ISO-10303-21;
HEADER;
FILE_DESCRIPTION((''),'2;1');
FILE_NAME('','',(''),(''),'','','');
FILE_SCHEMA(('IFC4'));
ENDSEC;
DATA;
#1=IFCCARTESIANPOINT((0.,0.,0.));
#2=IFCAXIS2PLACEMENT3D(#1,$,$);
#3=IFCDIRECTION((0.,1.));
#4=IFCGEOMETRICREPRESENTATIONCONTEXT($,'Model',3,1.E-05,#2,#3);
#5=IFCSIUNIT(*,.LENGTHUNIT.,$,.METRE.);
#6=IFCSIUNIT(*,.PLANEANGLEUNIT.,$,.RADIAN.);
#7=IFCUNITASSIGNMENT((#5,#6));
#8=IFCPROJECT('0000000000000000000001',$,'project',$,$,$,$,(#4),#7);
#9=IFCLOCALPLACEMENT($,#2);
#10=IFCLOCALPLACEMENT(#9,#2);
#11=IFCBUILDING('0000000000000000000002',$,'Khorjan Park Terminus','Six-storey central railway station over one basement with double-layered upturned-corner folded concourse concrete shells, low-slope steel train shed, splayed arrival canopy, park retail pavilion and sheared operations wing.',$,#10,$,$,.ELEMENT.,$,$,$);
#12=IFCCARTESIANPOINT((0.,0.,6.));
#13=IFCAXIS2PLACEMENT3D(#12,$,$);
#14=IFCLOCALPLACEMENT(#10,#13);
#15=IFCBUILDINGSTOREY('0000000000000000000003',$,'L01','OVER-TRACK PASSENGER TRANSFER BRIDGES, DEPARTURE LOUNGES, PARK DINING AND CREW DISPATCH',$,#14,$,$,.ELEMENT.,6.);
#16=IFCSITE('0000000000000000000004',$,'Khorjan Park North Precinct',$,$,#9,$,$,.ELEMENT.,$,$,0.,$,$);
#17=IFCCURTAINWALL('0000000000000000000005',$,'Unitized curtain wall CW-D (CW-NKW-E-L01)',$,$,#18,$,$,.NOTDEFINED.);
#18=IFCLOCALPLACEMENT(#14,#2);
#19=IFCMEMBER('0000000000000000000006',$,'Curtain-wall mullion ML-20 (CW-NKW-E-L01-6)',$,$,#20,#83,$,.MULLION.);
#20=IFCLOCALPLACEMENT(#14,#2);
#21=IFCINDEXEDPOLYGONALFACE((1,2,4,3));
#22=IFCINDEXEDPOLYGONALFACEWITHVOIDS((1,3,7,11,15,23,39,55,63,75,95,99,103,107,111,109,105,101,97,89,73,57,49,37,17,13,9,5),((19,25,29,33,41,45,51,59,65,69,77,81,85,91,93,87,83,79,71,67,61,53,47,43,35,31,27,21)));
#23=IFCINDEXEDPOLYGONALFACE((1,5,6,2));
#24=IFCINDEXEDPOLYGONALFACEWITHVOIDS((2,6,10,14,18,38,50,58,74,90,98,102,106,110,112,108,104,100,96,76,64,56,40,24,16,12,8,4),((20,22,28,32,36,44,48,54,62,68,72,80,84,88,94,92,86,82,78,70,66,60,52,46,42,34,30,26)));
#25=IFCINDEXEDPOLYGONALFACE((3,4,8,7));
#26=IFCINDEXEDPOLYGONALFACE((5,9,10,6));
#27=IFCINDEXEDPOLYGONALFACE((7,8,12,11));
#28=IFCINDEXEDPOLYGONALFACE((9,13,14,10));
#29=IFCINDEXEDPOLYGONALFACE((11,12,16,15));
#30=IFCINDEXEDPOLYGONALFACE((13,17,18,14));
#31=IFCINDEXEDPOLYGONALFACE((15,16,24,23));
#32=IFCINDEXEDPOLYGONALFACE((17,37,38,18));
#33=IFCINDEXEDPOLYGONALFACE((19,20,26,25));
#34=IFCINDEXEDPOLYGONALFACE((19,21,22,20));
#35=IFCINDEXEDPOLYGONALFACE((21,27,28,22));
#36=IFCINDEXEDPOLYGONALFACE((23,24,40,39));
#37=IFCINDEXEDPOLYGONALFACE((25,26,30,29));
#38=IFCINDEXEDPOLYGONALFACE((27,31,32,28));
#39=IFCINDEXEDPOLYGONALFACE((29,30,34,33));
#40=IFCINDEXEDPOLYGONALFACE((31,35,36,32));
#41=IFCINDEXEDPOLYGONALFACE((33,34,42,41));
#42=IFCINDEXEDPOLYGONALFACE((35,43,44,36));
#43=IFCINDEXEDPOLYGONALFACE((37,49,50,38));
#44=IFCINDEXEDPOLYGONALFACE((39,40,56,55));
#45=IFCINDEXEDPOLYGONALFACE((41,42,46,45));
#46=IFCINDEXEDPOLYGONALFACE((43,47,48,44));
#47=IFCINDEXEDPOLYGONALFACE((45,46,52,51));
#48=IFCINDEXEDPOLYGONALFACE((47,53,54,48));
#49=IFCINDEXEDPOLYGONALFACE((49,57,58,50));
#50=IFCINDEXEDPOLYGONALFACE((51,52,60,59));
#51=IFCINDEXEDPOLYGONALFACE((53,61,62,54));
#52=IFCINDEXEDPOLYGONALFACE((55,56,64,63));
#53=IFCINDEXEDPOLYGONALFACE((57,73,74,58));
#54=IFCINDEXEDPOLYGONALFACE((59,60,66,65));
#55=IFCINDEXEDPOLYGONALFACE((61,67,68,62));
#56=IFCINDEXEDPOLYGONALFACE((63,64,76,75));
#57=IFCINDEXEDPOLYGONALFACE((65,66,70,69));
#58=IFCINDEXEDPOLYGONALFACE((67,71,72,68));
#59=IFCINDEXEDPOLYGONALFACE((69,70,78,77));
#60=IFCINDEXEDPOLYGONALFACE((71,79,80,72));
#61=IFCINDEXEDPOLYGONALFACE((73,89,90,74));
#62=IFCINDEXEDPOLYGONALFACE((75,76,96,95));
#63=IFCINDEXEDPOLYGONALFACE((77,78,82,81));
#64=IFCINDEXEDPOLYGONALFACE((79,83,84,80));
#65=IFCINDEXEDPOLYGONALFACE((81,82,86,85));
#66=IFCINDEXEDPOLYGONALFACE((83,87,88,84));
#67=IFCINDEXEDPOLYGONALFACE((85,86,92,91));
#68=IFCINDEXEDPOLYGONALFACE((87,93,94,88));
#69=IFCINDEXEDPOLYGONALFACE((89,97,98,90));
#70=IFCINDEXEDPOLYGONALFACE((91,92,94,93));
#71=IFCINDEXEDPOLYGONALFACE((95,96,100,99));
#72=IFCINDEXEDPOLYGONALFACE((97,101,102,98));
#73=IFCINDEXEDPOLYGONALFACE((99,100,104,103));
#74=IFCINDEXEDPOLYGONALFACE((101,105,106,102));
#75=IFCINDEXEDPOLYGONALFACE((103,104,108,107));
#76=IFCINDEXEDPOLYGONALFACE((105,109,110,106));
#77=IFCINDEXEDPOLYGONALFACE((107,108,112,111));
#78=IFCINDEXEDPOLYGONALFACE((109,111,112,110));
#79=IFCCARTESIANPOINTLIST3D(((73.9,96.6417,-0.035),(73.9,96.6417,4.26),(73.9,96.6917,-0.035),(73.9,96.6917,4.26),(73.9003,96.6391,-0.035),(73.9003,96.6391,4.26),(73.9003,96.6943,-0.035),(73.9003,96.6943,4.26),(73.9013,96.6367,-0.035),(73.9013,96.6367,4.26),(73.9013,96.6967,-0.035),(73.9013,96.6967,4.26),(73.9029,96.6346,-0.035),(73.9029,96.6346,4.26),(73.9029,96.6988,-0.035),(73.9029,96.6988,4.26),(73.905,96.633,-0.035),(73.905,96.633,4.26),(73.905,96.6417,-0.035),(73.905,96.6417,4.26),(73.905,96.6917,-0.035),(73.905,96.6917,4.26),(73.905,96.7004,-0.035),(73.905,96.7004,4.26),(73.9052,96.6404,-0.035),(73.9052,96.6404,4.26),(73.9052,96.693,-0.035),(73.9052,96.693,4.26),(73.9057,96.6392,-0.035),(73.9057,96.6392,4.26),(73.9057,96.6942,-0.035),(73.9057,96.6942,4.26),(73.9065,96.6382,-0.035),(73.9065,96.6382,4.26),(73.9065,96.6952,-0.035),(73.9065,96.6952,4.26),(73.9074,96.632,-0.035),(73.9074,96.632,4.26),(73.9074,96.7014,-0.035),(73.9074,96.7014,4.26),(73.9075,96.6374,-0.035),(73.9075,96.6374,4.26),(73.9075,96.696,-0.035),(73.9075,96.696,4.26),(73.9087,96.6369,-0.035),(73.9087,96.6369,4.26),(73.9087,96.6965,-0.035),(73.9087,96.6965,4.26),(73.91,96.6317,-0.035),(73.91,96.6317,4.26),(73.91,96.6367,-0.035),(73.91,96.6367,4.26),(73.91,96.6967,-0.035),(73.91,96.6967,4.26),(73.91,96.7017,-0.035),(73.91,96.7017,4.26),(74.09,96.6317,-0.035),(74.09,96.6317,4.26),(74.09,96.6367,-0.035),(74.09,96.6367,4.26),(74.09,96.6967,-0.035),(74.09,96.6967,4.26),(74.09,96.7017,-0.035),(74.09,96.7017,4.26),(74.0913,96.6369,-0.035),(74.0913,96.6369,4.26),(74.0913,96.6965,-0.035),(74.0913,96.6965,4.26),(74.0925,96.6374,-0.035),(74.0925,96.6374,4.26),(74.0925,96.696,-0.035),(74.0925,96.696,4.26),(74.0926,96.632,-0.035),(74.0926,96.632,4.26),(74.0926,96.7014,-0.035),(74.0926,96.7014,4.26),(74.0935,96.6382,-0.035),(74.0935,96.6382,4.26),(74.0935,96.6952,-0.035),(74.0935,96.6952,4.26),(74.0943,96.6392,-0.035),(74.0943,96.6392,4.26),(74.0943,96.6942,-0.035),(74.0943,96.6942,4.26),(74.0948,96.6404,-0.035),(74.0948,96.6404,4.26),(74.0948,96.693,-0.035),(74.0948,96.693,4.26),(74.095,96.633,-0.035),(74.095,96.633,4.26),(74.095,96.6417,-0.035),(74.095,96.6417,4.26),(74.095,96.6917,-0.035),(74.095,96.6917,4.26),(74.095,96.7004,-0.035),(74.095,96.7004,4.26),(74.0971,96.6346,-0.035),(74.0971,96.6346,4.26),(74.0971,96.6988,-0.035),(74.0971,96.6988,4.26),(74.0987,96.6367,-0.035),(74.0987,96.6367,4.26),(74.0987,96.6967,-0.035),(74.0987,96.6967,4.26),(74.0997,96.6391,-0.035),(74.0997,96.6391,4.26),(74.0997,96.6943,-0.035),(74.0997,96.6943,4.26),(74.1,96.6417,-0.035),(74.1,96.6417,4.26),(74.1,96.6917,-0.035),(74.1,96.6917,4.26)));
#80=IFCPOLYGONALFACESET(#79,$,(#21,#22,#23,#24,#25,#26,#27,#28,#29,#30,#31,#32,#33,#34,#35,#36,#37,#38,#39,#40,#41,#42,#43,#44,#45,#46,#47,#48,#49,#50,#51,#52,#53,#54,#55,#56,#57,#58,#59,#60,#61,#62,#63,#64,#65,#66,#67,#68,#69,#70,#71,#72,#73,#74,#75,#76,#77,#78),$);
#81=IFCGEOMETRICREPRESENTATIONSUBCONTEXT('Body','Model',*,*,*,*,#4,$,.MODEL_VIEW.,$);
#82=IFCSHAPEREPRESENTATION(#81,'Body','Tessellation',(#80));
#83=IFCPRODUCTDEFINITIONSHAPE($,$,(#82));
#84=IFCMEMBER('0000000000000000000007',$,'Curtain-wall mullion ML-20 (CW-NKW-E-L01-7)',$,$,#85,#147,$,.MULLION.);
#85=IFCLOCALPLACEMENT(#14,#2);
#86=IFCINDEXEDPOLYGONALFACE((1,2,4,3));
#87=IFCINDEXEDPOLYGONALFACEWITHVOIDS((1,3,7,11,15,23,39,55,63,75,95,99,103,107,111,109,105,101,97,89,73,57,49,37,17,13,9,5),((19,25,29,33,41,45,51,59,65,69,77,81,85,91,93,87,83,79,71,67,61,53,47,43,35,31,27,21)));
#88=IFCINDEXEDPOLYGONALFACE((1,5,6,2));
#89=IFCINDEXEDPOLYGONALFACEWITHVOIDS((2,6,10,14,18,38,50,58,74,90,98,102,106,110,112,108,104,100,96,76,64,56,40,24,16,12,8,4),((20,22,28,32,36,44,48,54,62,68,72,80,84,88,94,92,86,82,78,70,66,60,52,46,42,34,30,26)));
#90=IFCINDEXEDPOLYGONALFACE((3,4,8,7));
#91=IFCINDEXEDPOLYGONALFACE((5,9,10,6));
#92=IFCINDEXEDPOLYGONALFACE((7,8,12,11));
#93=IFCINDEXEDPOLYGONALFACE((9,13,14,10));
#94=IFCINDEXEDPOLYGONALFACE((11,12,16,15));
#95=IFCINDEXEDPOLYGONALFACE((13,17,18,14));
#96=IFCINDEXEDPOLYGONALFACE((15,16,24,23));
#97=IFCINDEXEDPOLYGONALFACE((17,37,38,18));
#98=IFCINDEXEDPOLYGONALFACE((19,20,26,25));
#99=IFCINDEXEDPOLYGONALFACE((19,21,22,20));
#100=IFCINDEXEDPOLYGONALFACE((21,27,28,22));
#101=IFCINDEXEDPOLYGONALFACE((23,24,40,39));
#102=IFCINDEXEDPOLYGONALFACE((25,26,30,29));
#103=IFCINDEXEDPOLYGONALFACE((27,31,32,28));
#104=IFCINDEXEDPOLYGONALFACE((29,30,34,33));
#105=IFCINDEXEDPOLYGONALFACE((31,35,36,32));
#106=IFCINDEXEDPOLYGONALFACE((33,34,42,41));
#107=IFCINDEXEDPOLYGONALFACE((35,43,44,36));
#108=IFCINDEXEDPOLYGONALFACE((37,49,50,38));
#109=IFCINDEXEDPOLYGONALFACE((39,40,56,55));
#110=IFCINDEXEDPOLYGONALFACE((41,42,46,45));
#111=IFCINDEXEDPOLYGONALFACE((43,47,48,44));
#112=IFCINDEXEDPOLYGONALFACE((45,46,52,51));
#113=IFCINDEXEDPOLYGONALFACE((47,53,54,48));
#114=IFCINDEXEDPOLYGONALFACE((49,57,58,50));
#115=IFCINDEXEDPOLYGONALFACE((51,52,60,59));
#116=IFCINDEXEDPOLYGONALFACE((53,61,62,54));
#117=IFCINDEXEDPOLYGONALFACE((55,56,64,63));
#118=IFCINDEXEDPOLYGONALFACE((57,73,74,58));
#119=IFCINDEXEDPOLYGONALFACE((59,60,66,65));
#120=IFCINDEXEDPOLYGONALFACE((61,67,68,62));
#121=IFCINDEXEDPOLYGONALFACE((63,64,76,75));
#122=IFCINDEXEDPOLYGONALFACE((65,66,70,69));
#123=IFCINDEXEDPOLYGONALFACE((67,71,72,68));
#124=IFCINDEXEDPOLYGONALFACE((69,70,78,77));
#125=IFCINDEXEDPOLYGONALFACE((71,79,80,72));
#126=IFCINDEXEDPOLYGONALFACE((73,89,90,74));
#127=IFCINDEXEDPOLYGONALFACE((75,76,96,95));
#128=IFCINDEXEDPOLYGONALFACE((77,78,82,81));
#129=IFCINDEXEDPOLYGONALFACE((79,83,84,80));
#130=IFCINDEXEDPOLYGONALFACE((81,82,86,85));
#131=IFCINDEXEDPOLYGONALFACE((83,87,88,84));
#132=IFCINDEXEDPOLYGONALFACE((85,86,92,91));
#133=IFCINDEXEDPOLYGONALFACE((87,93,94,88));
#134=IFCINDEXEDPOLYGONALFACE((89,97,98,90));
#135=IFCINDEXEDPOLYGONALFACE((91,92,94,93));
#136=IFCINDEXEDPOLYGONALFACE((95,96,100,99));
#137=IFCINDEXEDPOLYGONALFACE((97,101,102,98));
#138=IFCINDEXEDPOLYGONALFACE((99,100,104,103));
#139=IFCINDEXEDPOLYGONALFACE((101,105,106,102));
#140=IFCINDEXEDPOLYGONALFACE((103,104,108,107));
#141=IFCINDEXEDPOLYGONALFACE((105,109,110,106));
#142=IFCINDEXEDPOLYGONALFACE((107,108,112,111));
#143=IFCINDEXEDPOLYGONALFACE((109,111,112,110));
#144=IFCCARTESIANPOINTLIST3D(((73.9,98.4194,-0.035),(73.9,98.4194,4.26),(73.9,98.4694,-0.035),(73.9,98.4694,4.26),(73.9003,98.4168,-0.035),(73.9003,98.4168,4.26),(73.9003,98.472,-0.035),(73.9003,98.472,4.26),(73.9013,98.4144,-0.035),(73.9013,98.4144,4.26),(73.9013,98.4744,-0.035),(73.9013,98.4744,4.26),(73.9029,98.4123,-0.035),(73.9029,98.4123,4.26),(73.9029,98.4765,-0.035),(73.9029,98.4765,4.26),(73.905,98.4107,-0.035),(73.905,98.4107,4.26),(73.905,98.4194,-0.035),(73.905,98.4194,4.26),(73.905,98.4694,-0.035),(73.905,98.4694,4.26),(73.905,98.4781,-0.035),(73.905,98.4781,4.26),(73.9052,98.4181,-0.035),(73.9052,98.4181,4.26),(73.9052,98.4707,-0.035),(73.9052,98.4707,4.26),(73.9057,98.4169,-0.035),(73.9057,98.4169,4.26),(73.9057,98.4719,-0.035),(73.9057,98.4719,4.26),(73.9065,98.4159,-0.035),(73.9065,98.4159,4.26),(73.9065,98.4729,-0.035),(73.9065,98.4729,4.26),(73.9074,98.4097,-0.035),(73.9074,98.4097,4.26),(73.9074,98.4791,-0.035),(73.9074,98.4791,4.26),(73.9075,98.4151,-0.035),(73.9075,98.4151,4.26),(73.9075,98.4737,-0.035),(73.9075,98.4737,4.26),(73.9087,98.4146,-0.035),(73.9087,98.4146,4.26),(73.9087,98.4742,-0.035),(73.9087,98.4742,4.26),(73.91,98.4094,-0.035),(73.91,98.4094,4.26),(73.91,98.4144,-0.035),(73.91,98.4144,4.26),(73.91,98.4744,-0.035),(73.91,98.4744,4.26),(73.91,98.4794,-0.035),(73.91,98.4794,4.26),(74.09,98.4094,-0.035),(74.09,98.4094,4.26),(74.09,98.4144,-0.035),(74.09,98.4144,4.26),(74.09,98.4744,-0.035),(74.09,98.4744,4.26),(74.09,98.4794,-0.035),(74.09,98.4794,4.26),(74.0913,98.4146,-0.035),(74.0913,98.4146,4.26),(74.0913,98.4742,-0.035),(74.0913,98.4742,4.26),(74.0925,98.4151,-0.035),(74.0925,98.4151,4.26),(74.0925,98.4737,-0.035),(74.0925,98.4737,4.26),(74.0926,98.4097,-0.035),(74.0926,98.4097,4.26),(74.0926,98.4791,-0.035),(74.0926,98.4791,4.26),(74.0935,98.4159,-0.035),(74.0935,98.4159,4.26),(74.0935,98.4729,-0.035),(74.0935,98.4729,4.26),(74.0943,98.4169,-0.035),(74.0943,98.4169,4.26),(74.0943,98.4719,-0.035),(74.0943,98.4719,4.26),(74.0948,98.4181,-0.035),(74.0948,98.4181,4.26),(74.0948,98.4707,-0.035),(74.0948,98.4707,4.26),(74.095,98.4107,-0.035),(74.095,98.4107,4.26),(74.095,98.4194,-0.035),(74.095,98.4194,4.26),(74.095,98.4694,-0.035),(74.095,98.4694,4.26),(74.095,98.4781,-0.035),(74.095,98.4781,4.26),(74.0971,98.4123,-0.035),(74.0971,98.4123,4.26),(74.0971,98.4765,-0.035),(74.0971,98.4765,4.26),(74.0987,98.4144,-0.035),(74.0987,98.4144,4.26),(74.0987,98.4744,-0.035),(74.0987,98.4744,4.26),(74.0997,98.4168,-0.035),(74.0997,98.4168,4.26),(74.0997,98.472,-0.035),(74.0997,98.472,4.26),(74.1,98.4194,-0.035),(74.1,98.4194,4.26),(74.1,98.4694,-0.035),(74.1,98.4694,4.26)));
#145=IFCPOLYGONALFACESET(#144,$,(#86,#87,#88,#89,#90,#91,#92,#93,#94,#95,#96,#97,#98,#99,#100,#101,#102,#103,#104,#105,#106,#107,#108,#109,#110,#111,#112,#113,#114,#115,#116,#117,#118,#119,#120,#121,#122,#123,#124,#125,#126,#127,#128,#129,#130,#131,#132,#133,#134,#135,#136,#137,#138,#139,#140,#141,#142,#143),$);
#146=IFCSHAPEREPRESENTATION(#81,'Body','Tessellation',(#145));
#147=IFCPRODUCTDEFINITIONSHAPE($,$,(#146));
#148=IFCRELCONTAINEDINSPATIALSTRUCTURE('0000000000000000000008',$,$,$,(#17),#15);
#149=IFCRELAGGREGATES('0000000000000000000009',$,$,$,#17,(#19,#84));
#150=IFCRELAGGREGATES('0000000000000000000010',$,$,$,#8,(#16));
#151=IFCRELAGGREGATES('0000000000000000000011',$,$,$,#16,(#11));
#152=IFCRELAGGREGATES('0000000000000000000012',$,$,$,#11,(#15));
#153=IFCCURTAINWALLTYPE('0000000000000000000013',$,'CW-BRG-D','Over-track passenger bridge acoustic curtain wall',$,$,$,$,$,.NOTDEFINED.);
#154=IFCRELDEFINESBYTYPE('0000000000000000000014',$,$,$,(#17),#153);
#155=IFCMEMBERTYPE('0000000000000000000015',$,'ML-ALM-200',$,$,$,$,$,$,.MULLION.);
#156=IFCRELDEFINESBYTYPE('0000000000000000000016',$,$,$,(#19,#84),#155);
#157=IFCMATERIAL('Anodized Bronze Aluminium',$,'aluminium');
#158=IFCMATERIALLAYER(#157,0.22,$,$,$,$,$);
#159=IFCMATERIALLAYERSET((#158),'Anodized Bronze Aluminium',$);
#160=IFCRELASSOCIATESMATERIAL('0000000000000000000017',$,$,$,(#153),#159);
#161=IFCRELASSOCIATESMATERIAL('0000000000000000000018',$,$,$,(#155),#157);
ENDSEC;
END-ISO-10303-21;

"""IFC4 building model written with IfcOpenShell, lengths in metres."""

from ifc_helpers import new_model, si_unit, direction, frame, origin, origin_2d, place, context, subcontext, project, spatial, hollow_rectangle, extrude, material, layer, layer_set, material_profile, profile_set, type_object, element, aggregate, save


model = new_model("IFC4")

# Units and contexts
model_context = context("Model", 3, precision=1e-05, world=origin(), true_north=direction((0.0, 1.0)))
body_context = subcontext(model_context, "Body", "Model", "MODEL_VIEW")
ifc_project = project(units=[si_unit("LENGTHUNIT", "METRE"), si_unit("PLANEANGLEUNIT", "RADIAN")], contexts=[model_context])

# Site, building, storey
site_placement = place(None, origin())
site = spatial("IfcSite", under=ifc_project, at=site_placement, Name="Khorjan Park North Precinct", CompositionType="ELEMENT", RefElevation=0.0)
building_placement = place(site_placement, origin())
building = spatial("IfcBuilding", under=site, at=building_placement, Name="Khorjan Park Terminus", Description="Six-storey central railway station over one basement with double-layered upturned-corner folded concourse concrete shells, low-slope steel train shed, splayed arrival canopy, park retail pavilion and sheared operations wing.", CompositionType="ELEMENT")
storey_placement = place(building_placement, frame((0.0, 0.0, 6.0)))
storey = spatial("IfcBuildingStorey", under=building, at=storey_placement, Name="L01", Description="OVER-TRACK PASSENGER TRANSFER BRIDGES, DEPARTURE LOUNGES, PARK DINING AND CREW DISPATCH", CompositionType="ELEMENT", Elevation=6.0)

# Curtain wall, members
ifc_material_1 = material(Name="Anodized Bronze Aluminium", Category="aluminium")
ifc_layer_1 = layer(ifc_material_1, 0.22)
ifc_layer_set_1 = layer_set([ifc_layer_1], Name="Anodized Bronze Aluminium")
curtain_wall_type = type_object("IfcCurtainWallType", Name="CW-BRG-D", Description="Over-track passenger bridge acoustic curtain wall", PredefinedType="NOTDEFINED", material=ifc_layer_set_1)
curtain_wall_placement = place(storey_placement, origin())
curtain_wall = element("IfcCurtainWall", 1, at=curtain_wall_placement, inside=storey, type_object=curtain_wall_type, Name="Unitized curtain wall CW-D (CW-NKW-E-L01)", PredefinedType="NOTDEFINED")
ifc_material_profile_1 = material_profile(ifc_material_1, hollow_rectangle(XDim=0.07, YDim=0.2, WallThickness=0.005, InnerFilletRadius=0.005, OuterFilletRadius=0.01, at=origin_2d()), Name="ALM 70x200x5")
ifc_profile_set_1 = profile_set([ifc_material_profile_1], Name="Anodized Bronze Aluminium")
member_type_1 = type_object("IfcMemberType", Name="ML-ALM-200", PredefinedType="MULLION", material=ifc_profile_set_1)
member_1_placement = place(storey_placement, frame((74.0, 96.6667, -0.035), z_axis=(0.0, 0.0, 1.0), x_axis=(0.0, 1.0, 0.0)))
member_1 = element("IfcMember", 2, at=member_1_placement, type_object=member_type_1, Name="Curtain-wall mullion ML-20 (CW-NKW-E-L01-6)", PredefinedType="MULLION", context=body_context, shape_type="SweptSolid", body=[
    extrude(hollow_rectangle(XDim=0.07, YDim=0.2, WallThickness=0.005, InnerFilletRadius=0.005, OuterFilletRadius=0.01, at=origin_2d()), origin(), (0.0, 0.0, 1.0), 4.295),
])
member_2_placement = place(storey_placement, frame((74.0, 98.4444, -0.035), z_axis=(0.0, 0.0, 1.0), x_axis=(0.0, 1.0, 0.0)))
member_2 = element("IfcMember", 3, at=member_2_placement, type_object=member_type_1, Name="Curtain-wall mullion ML-20 (CW-NKW-E-L01-7)", PredefinedType="MULLION", context=body_context, shape_type="SweptSolid", body=[
    extrude(hollow_rectangle(XDim=0.07, YDim=0.2, WallThickness=0.005, InnerFilletRadius=0.005, OuterFilletRadius=0.01, at=origin_2d()), origin(), (0.0, 0.0, 1.0), 4.295),
])
aggregate(curtain_wall, [member_1, member_2])

save(model, "model.ifc")
